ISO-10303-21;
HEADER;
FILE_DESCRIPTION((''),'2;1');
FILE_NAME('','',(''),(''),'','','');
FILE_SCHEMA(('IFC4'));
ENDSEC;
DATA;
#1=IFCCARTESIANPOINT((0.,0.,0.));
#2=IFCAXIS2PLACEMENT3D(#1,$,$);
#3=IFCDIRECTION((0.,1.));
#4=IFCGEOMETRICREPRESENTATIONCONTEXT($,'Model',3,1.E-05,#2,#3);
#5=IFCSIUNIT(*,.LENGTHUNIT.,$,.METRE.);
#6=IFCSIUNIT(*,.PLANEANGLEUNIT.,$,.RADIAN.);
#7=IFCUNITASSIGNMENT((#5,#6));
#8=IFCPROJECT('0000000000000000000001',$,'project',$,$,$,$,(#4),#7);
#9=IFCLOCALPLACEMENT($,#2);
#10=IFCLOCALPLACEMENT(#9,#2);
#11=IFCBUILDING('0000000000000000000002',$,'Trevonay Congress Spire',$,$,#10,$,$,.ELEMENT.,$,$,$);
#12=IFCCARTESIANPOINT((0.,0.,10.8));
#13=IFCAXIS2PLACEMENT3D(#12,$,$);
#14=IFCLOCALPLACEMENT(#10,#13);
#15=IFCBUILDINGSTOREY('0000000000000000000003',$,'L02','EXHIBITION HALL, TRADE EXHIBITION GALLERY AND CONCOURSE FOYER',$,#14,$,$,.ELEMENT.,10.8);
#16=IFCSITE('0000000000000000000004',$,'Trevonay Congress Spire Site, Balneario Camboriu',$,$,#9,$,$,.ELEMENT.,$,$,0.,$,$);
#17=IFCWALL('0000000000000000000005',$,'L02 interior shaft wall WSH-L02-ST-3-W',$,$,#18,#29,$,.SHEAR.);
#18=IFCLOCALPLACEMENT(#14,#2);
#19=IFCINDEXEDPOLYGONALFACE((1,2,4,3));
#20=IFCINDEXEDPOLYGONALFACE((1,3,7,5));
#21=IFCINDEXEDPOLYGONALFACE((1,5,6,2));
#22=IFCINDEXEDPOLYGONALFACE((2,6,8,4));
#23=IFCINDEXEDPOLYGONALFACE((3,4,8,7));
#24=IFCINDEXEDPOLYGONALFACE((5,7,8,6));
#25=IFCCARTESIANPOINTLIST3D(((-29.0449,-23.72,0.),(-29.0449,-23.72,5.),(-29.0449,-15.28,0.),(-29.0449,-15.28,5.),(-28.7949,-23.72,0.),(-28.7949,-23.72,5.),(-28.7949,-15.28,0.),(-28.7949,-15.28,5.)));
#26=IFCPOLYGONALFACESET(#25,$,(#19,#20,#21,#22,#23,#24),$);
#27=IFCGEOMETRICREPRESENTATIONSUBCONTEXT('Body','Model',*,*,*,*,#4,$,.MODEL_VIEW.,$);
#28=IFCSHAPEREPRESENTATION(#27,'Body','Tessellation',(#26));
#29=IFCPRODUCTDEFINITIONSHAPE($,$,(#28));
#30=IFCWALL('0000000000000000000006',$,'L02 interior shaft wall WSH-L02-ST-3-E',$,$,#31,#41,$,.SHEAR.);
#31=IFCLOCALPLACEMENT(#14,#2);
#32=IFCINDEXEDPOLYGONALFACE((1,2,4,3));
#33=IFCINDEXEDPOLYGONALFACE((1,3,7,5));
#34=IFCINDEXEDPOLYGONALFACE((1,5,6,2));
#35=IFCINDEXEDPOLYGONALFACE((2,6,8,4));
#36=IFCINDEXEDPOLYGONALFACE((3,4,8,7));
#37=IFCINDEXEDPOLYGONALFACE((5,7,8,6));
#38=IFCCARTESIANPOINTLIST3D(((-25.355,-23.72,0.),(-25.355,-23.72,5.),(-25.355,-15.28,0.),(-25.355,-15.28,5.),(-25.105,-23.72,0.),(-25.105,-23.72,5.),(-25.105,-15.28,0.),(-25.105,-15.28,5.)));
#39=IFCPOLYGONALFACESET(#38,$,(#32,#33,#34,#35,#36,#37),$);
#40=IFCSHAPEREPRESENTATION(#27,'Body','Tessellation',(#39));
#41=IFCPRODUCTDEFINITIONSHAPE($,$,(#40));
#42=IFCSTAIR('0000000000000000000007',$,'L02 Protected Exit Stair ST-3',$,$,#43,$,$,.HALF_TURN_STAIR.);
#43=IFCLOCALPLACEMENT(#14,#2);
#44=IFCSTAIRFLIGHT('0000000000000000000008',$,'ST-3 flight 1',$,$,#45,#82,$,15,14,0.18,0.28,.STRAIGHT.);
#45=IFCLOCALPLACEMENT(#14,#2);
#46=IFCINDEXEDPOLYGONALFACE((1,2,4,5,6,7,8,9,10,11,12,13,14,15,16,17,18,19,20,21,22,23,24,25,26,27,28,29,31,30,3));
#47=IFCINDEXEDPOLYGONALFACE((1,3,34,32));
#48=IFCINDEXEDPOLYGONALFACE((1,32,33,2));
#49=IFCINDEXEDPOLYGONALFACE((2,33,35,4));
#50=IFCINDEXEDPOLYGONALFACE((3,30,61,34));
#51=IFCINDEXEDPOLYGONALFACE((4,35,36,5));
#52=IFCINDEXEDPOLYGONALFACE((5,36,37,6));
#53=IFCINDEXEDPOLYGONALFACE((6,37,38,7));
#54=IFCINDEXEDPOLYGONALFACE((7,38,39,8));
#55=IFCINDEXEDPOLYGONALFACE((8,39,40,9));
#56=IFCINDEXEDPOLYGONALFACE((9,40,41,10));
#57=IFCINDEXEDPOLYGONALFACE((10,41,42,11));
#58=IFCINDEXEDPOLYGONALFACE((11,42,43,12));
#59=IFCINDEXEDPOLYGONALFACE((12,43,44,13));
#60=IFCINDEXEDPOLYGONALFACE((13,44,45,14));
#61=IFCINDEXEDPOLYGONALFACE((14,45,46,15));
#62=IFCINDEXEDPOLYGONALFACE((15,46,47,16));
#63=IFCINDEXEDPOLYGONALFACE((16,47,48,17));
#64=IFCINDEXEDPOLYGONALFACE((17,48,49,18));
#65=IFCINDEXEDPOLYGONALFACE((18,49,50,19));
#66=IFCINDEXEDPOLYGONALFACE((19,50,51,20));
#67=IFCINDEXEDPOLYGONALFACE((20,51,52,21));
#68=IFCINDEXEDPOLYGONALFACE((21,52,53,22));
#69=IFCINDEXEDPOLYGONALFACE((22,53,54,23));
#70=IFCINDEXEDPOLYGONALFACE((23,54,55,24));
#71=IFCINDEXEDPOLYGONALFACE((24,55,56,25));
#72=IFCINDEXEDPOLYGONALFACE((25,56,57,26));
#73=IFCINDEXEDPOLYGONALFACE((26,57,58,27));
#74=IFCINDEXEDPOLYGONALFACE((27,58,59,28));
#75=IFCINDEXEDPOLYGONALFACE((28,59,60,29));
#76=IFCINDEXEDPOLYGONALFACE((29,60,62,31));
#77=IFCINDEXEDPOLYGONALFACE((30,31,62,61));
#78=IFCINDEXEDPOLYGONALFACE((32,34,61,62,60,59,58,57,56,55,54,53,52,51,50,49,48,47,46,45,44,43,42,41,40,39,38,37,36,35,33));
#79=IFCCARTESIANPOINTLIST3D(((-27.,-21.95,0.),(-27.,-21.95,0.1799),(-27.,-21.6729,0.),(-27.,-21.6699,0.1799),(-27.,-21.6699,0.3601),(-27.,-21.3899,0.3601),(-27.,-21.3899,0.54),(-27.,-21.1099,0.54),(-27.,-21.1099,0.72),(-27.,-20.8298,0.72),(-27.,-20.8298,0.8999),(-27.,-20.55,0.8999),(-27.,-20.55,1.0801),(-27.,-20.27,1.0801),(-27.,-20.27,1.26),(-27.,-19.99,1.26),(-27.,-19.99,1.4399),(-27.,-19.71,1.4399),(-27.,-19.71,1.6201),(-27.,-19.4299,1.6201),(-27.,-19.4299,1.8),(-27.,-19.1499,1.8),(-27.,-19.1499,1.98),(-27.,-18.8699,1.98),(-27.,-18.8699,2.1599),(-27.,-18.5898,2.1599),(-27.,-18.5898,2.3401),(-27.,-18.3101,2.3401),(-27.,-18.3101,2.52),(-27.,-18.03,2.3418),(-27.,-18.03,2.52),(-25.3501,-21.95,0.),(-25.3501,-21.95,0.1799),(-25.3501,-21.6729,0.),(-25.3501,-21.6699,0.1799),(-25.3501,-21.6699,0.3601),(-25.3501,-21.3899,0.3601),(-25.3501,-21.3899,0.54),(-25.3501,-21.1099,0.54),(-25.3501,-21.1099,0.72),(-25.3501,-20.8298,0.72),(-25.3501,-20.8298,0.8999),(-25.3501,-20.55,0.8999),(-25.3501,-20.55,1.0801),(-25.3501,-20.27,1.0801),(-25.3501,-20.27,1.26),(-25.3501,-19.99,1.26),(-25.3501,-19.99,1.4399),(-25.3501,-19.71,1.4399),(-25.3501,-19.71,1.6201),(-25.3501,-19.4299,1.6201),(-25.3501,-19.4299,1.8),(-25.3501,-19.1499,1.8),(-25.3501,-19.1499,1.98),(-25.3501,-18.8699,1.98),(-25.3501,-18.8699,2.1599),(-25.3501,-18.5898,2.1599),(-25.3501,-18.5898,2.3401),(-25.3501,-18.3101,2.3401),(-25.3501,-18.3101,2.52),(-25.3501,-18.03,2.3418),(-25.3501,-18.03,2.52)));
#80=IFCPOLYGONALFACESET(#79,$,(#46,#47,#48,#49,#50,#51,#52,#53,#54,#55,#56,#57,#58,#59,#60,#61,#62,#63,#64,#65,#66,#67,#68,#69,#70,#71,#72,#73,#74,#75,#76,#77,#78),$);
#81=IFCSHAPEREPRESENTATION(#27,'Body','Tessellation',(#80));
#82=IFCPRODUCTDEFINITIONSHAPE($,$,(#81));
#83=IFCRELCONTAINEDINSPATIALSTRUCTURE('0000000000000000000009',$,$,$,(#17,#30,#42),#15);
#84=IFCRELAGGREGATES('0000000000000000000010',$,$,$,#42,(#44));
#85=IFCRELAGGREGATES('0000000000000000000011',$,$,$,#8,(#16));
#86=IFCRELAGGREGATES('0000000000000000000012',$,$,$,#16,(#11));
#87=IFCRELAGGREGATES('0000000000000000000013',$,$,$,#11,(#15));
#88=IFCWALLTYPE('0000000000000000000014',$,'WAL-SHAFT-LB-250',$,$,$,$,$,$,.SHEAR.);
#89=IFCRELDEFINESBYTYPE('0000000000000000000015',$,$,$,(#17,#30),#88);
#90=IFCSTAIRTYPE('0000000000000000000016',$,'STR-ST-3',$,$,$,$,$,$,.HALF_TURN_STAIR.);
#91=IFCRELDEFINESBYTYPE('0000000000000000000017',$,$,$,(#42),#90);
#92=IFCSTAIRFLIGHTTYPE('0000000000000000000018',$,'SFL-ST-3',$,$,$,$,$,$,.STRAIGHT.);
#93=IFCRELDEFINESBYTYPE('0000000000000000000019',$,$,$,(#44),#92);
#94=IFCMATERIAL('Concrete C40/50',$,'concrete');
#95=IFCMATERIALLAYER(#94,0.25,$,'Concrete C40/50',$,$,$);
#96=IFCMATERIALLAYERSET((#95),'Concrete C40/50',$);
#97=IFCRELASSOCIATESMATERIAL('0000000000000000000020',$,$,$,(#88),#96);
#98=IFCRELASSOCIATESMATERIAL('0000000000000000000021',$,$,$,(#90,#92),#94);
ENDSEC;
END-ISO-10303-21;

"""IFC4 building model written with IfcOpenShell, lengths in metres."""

from ifc_helpers import new_model, si_unit, direction, frame, frame_2d, origin, place, context, subcontext, project, spatial, polyline, rectangle, outline, extrude, material, layer, layer_set, type_object, element, aggregate, save


model = new_model("IFC4")

# Units and contexts
model_context = context("Model", 3, precision=1e-05, world=origin(), true_north=direction((0.0, 1.0)))
body_context = subcontext(model_context, "Body", "Model", "MODEL_VIEW")
ifc_project = project(units=[si_unit("LENGTHUNIT", "METRE"), si_unit("PLANEANGLEUNIT", "RADIAN")], contexts=[model_context])

# Site, building, storey
site_placement = place(None, origin())
site = spatial("IfcSite", under=ifc_project, at=site_placement, Name="Trevonay Congress Spire Site, Balneario Camboriu", CompositionType="ELEMENT", RefElevation=0.0)
building_placement = place(site_placement, origin())
building = spatial("IfcBuilding", under=site, at=building_placement, Name="Trevonay Congress Spire", CompositionType="ELEMENT")
storey_placement = place(building_placement, frame((0.0, 0.0, 10.8)))
storey = spatial("IfcBuildingStorey", under=building, at=storey_placement, Name="L02", Description="EXHIBITION HALL, TRADE EXHIBITION GALLERY AND CONCOURSE FOYER", CompositionType="ELEMENT", Elevation=10.8)

# Shared definitions
ifc_material_1 = material(Name="Concrete C40/50", Category="concrete")
ifc_layer_1 = layer(ifc_material_1, 0.25, Name="Concrete C40/50")
ifc_layer_set_1 = layer_set([ifc_layer_1], Name="Concrete C40/50")
wall_type_1 = type_object("IfcWallType", Name="WAL-SHAFT-LB-250", PredefinedType="SHEAR", material=ifc_layer_set_1)

# Walls
for number, where, z_axis, x_axis, name in (
    (1, (-28.9199, -23.72, 0.0), (0.0, 0.0, 1.0), (0.0, 1.0, 0.0), "L02 interior shaft wall WSH-L02-ST-3-W"),
    (2, (-25.23, -23.72, 0.0), (0.0, 0.0, 1.0), (0.0, 1.0, 0.0), "L02 interior shaft wall WSH-L02-ST-3-E"),
):
    element("IfcWall", number, at=place(storey_placement, frame(where, z_axis=z_axis, x_axis=x_axis)), inside=storey, type_object=wall_type_1, Name=name, PredefinedType="SHEAR", context=body_context, shape_type="SweptSolid", body=[
        extrude(rectangle(XDim=8.4399, YDim=0.25, at=frame_2d((4.22, 0.0))), origin(), (0.0, 0.0, 1.0), 5.0),
    ])

# Stair, stair flight
stair_type = type_object("IfcStairType", Name="STR-ST-3", PredefinedType="HALF_TURN_STAIR", material=ifc_material_1)
stair_placement = place(storey_placement, origin())
stair = element("IfcStair", 3, at=stair_placement, inside=storey, type_object=stair_type, Name="L02 Protected Exit Stair ST-3", PredefinedType="HALF_TURN_STAIR")
stair_flight_type = type_object("IfcStairFlightType", Name="SFL-ST-3", PredefinedType="STRAIGHT", material=ifc_material_1)
stair_flight_placement = place(storey_placement, frame((-26.175, -21.95, 0.0), z_axis=(0.0, 0.0, 1.0), x_axis=(0.0, 1.0, 0.0)))
stair_flight = element("IfcStairFlight", 4, at=stair_flight_placement, type_object=stair_flight_type, Name="ST-3 flight 1", NumberOfRisers=15, NumberOfTreads=14, PredefinedType="STRAIGHT", RiserHeight=0.18, TreadLength=0.28, context=body_context, shape_type="SweptSolid", body=[
    extrude(outline(polyline([(0.0, 0.0), (0.0, 0.1799), (0.28, 0.1799), (0.28, 0.3601), (0.5601, 0.3601), (0.5601, 0.54), (0.8401, 0.54), (0.8401, 0.72), (1.1201, 0.72), (1.1201, 0.8999), (1.3999, 0.8999), (1.3999, 1.0801), (1.6799, 1.0801), (1.6799, 1.26), (1.96, 1.26), (1.96, 1.4399), (2.24, 1.4399), (2.24, 1.6201), (2.52, 1.6201), (2.52, 1.8), (2.8, 1.8), (2.8, 1.98), (3.0801, 1.98), (3.0801, 2.1599), (3.3601, 2.1599), (3.3601, 2.3401), (3.6399, 2.3401), (3.6399, 2.52), (3.9199, 2.52), (3.9199, 2.7), (3.9199, 2.3418), (0.2771, 0.0), (0.0, 0.0)])), frame((0.0, 0.825, 0.0), z_axis=(0.0, -1.0, 0.0), x_axis=(1.0, 0.0, 0.0)), (0.0, 0.0, 1.0), 1.6499),
])
aggregate(stair, [stair_flight])

save(model, "model.ifc")
